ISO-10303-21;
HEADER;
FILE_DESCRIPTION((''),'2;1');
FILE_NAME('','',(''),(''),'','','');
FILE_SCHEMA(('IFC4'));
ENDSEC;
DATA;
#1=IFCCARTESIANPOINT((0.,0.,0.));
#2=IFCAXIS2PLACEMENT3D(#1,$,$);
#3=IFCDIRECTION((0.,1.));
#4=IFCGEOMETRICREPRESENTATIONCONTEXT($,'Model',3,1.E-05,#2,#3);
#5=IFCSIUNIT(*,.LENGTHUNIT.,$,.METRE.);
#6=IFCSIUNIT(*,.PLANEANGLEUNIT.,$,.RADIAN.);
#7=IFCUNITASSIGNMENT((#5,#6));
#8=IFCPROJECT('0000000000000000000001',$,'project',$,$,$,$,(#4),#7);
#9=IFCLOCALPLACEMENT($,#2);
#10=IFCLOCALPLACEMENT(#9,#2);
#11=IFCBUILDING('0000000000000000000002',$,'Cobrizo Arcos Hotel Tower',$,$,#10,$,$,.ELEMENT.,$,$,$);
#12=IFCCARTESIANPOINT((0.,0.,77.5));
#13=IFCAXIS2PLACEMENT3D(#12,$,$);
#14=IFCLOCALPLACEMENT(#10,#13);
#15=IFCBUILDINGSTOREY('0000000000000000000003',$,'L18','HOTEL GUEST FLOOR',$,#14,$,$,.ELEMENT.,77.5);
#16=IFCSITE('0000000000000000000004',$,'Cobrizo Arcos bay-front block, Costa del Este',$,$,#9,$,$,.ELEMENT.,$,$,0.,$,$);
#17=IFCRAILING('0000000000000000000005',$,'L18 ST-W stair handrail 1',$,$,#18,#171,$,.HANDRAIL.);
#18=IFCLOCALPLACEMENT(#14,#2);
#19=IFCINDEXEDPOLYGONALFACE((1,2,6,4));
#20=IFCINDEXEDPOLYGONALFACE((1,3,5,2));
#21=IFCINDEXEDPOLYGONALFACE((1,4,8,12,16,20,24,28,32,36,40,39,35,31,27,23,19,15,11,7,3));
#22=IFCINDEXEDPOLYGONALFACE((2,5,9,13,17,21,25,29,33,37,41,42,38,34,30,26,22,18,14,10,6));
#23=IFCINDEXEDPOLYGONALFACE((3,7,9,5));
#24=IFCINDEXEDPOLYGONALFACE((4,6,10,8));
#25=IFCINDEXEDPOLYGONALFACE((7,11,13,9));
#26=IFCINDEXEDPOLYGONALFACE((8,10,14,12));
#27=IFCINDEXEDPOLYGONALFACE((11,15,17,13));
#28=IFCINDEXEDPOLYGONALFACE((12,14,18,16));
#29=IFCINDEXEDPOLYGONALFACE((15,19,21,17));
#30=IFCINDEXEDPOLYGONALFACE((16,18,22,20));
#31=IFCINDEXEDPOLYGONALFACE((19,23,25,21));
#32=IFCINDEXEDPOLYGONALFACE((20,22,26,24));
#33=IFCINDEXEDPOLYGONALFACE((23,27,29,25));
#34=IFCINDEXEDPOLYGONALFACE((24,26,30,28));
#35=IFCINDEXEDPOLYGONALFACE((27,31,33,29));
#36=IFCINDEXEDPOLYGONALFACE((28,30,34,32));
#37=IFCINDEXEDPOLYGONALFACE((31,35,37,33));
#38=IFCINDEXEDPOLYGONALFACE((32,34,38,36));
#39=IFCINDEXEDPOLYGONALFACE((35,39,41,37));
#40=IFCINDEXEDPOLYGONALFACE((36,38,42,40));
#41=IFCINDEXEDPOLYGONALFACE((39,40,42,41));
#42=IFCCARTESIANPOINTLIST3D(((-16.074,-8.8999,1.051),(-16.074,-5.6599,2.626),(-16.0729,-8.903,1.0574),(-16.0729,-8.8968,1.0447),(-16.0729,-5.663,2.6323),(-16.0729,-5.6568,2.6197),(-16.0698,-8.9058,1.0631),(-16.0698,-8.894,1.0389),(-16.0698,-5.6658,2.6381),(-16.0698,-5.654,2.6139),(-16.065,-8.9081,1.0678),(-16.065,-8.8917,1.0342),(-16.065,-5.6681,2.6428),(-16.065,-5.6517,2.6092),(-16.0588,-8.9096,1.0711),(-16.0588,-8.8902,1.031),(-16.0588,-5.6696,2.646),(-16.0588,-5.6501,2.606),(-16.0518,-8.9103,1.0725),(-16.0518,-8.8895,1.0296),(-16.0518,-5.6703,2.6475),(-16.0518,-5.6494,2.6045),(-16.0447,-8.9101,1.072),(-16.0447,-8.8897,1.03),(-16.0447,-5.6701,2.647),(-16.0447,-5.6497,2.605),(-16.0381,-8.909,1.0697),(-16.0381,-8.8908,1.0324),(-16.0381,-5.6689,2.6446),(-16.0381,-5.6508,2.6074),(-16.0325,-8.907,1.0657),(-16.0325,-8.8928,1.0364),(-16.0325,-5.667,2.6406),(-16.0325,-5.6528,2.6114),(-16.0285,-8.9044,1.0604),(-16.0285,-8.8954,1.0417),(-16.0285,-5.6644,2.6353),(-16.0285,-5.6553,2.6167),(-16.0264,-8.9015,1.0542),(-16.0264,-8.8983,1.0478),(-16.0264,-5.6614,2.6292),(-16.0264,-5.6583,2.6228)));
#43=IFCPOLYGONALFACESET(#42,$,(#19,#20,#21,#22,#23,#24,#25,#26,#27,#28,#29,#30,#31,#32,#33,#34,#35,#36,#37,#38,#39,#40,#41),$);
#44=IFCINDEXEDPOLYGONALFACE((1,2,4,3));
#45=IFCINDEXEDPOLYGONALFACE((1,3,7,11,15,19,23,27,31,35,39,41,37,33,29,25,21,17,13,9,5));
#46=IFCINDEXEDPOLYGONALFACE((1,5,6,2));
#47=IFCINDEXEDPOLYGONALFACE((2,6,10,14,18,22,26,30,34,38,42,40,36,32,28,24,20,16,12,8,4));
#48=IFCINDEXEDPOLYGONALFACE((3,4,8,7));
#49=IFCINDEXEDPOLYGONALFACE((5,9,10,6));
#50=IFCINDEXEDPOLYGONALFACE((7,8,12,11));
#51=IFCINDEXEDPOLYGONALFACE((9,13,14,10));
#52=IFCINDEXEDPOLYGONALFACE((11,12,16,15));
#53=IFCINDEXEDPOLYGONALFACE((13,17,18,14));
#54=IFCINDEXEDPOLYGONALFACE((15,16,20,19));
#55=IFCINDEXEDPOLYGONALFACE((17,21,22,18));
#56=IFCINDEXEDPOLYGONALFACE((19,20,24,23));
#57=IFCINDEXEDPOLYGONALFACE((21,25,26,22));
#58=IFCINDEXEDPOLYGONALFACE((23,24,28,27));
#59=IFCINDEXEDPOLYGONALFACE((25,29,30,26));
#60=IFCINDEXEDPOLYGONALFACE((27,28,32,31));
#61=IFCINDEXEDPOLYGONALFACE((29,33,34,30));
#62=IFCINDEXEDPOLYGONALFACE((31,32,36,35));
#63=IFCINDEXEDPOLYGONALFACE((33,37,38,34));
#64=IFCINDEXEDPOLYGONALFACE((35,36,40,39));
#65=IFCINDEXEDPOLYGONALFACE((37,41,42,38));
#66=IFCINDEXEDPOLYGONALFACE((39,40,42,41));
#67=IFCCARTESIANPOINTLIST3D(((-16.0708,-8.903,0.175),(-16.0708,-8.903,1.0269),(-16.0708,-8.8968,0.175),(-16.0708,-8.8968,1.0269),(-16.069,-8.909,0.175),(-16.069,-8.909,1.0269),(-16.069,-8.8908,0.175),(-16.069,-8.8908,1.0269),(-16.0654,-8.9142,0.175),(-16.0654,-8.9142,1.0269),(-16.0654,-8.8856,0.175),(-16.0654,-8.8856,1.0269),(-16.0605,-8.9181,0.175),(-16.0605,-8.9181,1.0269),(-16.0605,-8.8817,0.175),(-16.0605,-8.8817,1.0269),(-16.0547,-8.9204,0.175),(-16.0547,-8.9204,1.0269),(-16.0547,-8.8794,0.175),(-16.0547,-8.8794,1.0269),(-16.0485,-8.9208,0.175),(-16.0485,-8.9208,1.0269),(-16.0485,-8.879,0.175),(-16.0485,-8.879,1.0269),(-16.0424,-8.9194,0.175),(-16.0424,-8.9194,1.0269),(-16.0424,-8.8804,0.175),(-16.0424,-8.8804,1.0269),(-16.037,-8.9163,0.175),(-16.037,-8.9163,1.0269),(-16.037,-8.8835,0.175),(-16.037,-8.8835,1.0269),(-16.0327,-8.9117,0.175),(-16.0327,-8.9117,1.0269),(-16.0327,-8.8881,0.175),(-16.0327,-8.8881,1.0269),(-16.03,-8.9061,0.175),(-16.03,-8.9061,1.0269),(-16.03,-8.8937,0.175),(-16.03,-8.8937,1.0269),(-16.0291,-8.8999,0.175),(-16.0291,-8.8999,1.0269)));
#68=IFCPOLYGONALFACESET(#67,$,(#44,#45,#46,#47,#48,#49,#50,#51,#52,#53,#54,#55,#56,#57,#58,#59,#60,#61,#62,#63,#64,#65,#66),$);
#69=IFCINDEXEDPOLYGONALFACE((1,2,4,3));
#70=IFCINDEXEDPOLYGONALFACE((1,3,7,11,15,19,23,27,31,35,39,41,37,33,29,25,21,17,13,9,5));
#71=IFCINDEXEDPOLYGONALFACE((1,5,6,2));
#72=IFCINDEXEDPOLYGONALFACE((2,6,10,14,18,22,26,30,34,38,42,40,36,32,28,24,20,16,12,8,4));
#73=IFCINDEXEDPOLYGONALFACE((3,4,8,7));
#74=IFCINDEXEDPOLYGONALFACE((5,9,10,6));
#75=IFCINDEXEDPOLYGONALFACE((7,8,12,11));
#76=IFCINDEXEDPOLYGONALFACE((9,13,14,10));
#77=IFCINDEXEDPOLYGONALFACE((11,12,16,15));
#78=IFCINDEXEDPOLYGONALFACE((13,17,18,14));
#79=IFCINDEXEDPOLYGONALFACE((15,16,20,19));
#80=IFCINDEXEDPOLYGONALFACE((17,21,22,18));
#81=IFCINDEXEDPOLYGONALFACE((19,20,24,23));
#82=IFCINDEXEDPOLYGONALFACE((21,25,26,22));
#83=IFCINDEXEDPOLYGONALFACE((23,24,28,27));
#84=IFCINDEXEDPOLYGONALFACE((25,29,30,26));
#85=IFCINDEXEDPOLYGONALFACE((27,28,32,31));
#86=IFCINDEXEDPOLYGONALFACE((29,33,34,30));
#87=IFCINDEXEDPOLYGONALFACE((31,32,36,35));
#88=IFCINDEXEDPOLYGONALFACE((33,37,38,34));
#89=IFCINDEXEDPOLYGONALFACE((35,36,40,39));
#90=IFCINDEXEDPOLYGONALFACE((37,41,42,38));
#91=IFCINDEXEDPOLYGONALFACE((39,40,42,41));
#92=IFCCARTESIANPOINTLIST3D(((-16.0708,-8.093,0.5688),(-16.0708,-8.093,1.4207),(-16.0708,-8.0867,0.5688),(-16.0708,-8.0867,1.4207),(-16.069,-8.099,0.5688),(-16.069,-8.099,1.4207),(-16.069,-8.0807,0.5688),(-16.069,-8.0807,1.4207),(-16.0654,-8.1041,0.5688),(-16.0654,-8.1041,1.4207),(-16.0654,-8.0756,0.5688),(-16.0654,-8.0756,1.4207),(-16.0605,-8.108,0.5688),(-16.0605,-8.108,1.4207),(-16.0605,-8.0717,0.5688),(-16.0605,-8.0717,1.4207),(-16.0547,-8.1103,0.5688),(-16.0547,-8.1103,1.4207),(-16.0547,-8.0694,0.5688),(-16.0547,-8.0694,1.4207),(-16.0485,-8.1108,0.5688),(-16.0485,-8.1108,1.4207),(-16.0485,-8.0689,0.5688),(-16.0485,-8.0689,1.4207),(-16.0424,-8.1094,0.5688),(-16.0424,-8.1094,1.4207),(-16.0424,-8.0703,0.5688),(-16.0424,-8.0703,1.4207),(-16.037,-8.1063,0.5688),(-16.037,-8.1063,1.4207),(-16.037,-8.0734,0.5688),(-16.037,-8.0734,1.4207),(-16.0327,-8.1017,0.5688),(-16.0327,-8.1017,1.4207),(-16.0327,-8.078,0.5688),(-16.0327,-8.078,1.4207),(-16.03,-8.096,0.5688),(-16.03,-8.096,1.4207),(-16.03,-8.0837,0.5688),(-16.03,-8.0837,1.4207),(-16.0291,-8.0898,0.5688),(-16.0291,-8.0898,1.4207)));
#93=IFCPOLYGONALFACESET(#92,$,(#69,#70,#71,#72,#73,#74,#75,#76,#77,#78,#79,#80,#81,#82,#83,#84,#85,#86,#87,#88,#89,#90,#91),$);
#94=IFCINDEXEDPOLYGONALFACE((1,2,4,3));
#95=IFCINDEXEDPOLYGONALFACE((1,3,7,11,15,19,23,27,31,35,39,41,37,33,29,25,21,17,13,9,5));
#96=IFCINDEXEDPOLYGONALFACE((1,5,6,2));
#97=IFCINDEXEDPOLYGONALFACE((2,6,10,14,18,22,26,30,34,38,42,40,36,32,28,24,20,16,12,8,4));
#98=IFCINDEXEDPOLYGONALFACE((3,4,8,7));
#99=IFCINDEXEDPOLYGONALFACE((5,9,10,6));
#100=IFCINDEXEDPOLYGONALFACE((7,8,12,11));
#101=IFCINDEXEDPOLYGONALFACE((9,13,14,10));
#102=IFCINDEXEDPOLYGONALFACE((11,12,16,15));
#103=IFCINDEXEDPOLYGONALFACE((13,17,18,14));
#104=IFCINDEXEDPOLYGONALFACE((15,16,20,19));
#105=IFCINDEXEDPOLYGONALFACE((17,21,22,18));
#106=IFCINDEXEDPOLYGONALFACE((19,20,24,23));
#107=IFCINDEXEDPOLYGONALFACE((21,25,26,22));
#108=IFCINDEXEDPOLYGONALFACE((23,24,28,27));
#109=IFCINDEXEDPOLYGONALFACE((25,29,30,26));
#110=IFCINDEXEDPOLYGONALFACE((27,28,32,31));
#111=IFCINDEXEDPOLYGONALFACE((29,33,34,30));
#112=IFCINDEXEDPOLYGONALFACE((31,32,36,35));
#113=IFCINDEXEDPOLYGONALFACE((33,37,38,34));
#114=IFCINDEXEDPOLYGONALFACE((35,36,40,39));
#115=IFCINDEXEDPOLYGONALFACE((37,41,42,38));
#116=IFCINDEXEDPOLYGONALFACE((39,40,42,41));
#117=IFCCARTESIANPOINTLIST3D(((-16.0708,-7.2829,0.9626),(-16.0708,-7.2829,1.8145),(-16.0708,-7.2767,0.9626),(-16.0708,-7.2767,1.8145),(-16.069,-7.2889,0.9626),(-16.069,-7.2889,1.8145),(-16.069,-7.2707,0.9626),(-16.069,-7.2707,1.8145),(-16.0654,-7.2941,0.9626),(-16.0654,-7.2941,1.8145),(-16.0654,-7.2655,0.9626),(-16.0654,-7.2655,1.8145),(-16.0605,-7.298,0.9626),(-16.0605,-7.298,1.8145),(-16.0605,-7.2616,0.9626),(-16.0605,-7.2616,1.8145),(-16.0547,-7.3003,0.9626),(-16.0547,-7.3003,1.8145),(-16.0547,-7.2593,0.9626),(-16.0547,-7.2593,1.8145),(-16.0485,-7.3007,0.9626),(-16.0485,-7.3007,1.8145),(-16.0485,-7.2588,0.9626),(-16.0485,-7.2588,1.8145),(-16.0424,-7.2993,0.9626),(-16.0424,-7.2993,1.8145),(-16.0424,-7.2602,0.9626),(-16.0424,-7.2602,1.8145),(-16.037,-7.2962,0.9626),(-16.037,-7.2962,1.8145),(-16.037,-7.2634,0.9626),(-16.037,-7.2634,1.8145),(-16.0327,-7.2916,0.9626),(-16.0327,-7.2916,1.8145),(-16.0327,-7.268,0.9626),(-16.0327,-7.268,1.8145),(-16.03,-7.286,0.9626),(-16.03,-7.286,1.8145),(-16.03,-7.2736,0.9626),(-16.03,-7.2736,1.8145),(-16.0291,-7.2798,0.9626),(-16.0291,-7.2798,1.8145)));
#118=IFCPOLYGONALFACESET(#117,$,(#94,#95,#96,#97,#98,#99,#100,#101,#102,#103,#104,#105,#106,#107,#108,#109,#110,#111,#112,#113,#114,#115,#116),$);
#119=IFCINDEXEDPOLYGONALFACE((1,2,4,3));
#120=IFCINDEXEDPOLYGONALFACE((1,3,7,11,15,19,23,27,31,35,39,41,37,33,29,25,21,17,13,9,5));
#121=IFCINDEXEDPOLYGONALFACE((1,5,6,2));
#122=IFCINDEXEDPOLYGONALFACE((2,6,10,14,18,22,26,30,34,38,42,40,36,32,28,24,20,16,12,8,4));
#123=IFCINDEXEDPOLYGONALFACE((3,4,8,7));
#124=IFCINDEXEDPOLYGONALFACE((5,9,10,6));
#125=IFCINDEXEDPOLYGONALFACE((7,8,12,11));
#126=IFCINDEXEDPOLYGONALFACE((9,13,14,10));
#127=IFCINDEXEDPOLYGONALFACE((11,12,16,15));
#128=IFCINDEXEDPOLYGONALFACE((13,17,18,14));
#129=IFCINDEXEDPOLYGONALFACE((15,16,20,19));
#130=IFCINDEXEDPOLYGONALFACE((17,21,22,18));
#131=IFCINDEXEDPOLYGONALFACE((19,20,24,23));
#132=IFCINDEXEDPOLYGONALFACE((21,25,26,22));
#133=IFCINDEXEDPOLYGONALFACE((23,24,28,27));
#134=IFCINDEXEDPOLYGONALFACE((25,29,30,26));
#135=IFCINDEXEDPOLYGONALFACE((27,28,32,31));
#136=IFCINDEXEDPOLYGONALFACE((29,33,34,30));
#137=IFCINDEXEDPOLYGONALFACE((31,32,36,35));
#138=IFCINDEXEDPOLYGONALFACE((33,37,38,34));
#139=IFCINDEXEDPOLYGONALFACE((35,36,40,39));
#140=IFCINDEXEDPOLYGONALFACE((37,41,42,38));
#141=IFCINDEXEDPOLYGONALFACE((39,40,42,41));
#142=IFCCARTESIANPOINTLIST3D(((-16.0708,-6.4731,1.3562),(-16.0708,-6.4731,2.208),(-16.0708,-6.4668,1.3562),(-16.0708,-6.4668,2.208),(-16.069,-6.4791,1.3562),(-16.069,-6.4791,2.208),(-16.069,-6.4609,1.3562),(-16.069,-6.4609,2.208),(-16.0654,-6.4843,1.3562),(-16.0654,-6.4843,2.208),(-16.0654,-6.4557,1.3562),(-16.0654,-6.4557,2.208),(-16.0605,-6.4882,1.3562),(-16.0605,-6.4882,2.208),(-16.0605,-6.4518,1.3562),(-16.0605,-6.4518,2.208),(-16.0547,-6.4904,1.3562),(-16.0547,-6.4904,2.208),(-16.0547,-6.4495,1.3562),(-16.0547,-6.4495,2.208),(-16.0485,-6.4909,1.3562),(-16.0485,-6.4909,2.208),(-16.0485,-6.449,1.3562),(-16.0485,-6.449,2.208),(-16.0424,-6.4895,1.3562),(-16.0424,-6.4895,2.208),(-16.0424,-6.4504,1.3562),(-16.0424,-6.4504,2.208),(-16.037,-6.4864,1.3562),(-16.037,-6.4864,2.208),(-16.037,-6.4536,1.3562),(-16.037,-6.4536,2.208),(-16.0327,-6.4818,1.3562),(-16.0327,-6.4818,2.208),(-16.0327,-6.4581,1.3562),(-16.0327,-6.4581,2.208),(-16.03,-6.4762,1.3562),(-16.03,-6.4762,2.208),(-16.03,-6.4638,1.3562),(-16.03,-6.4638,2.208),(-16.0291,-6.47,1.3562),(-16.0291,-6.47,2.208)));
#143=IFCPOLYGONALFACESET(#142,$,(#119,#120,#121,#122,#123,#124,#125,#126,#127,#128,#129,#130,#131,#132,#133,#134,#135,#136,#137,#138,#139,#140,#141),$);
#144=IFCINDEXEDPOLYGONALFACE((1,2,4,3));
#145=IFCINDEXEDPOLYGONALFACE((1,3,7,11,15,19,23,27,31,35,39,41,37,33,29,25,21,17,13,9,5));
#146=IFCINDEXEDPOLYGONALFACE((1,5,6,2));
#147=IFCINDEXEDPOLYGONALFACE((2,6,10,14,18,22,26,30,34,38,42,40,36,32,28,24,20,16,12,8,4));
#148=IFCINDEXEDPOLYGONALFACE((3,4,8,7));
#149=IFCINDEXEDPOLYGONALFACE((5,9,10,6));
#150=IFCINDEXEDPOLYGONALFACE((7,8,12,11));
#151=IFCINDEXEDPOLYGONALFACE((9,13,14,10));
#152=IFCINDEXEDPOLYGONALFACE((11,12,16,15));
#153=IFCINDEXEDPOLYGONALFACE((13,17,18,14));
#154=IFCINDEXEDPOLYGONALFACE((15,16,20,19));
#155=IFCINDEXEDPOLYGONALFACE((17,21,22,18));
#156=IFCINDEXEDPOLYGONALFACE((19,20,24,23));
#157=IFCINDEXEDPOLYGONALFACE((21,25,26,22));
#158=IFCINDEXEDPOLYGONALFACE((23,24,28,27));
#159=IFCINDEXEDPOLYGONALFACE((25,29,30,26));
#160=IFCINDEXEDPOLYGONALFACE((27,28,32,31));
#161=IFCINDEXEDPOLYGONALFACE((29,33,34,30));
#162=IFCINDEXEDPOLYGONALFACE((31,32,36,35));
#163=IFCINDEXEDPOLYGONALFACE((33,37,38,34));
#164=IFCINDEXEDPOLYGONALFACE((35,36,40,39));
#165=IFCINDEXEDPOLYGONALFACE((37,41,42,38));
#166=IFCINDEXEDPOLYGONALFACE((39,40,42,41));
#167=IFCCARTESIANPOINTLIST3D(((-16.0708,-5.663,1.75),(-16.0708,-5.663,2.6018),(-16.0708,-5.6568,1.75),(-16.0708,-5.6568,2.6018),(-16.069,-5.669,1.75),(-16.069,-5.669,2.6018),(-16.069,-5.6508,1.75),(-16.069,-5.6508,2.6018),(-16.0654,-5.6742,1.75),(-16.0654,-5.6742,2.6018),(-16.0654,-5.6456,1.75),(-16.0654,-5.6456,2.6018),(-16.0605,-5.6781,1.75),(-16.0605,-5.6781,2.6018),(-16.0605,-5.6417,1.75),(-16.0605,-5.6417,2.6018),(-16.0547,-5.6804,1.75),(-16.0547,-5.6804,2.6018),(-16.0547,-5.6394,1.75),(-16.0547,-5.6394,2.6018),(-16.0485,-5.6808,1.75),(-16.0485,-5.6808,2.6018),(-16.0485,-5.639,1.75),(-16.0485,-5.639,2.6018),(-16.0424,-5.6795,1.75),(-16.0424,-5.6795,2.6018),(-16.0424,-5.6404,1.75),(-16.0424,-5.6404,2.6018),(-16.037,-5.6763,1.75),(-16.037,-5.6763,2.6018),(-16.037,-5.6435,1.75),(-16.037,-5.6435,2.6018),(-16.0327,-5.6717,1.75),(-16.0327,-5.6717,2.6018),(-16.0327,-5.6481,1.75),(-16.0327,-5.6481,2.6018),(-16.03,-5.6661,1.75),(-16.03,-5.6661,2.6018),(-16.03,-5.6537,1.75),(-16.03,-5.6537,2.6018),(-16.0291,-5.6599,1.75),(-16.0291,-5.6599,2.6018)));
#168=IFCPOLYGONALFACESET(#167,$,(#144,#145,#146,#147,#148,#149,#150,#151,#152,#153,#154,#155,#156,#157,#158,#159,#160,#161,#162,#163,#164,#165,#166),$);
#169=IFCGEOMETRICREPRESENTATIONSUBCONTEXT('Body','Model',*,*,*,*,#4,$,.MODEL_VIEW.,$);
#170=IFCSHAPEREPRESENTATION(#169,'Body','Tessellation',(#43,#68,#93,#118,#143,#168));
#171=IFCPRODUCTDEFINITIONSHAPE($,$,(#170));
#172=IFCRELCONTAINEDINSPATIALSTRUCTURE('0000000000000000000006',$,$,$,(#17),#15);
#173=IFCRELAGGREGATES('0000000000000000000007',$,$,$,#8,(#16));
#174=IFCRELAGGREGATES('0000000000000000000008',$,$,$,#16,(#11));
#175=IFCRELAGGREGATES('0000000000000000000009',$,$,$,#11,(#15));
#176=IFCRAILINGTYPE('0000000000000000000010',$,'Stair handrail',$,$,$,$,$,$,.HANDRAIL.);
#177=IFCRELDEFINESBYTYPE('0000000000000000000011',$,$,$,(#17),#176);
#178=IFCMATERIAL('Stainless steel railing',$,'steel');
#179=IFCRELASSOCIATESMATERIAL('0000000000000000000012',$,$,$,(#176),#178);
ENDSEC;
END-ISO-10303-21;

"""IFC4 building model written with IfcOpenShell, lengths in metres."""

from ifc_helpers import new_model, si_unit, direction, frame, origin, origin_2d, place, context, subcontext, project, spatial, circle, extrude, material, type_object, element, save


model = new_model("IFC4")

# Units and contexts
model_context = context("Model", 3, precision=1e-05, world=origin(), true_north=direction((0.0, 1.0)))
body_context = subcontext(model_context, "Body", "Model", "MODEL_VIEW")
ifc_project = project(units=[si_unit("LENGTHUNIT", "METRE"), si_unit("PLANEANGLEUNIT", "RADIAN")], contexts=[model_context])

# Site, building, storey
site_placement = place(None, origin())
site = spatial("IfcSite", under=ifc_project, at=site_placement, Name="Cobrizo Arcos bay-front block, Costa del Este", CompositionType="ELEMENT", RefElevation=0.0)
building_placement = place(site_placement, origin())
building = spatial("IfcBuilding", under=site, at=building_placement, Name="Cobrizo Arcos Hotel Tower", CompositionType="ELEMENT")
storey_placement = place(building_placement, frame((0.0, 0.0, 77.5)))
storey = spatial("IfcBuildingStorey", under=building, at=storey_placement, Name="L18", Description="HOTEL GUEST FLOOR", CompositionType="ELEMENT", Elevation=77.5)

# Railing
ifc_material_1 = material(Name="Stainless steel railing", Category="steel")
railing_type_1 = type_object("IfcRailingType", Name="Stair handrail", PredefinedType="HANDRAIL", material=ifc_material_1)
railing_1_placement = place(storey_placement, frame((-16.05, -8.8999, 0.175)))
element("IfcRailing", 1, at=railing_1_placement, inside=storey, type_object=railing_type_1, Name="L18 ST-W stair handrail 1", PredefinedType="HANDRAIL", context=body_context, shape_type="SweptSolid", body=[
    extrude(circle(Radius=0.0239, at=origin_2d()), frame((0.0, 0.0, 0.876), z_axis=(0.0, 0.899373, 0.437183), x_axis=(-1.0, 0.0, 0.0)), (0.0, 0.0, 1.0), 3.6025),
    extrude(circle(Radius=0.021, at=origin_2d()), origin(), (0.0, 0.0, 1.0), 0.8518),
    extrude(circle(Radius=0.021, at=origin_2d()), frame((0.0, 0.8101, 0.3938)), (0.0, 0.0, 1.0), 0.8518),
    extrude(circle(Radius=0.021, at=origin_2d()), frame((0.0, 1.6201, 0.7876)), (0.0, 0.0, 1.0), 0.8518),
    extrude(circle(Radius=0.021, at=origin_2d()), frame((0.0, 2.4299, 1.1812)), (0.0, 0.0, 1.0), 0.8518),
    extrude(circle(Radius=0.021, at=origin_2d()), frame((0.0, 3.24, 1.575)), (0.0, 0.0, 1.0), 0.8518),
])

save(model, "model.ifc")
